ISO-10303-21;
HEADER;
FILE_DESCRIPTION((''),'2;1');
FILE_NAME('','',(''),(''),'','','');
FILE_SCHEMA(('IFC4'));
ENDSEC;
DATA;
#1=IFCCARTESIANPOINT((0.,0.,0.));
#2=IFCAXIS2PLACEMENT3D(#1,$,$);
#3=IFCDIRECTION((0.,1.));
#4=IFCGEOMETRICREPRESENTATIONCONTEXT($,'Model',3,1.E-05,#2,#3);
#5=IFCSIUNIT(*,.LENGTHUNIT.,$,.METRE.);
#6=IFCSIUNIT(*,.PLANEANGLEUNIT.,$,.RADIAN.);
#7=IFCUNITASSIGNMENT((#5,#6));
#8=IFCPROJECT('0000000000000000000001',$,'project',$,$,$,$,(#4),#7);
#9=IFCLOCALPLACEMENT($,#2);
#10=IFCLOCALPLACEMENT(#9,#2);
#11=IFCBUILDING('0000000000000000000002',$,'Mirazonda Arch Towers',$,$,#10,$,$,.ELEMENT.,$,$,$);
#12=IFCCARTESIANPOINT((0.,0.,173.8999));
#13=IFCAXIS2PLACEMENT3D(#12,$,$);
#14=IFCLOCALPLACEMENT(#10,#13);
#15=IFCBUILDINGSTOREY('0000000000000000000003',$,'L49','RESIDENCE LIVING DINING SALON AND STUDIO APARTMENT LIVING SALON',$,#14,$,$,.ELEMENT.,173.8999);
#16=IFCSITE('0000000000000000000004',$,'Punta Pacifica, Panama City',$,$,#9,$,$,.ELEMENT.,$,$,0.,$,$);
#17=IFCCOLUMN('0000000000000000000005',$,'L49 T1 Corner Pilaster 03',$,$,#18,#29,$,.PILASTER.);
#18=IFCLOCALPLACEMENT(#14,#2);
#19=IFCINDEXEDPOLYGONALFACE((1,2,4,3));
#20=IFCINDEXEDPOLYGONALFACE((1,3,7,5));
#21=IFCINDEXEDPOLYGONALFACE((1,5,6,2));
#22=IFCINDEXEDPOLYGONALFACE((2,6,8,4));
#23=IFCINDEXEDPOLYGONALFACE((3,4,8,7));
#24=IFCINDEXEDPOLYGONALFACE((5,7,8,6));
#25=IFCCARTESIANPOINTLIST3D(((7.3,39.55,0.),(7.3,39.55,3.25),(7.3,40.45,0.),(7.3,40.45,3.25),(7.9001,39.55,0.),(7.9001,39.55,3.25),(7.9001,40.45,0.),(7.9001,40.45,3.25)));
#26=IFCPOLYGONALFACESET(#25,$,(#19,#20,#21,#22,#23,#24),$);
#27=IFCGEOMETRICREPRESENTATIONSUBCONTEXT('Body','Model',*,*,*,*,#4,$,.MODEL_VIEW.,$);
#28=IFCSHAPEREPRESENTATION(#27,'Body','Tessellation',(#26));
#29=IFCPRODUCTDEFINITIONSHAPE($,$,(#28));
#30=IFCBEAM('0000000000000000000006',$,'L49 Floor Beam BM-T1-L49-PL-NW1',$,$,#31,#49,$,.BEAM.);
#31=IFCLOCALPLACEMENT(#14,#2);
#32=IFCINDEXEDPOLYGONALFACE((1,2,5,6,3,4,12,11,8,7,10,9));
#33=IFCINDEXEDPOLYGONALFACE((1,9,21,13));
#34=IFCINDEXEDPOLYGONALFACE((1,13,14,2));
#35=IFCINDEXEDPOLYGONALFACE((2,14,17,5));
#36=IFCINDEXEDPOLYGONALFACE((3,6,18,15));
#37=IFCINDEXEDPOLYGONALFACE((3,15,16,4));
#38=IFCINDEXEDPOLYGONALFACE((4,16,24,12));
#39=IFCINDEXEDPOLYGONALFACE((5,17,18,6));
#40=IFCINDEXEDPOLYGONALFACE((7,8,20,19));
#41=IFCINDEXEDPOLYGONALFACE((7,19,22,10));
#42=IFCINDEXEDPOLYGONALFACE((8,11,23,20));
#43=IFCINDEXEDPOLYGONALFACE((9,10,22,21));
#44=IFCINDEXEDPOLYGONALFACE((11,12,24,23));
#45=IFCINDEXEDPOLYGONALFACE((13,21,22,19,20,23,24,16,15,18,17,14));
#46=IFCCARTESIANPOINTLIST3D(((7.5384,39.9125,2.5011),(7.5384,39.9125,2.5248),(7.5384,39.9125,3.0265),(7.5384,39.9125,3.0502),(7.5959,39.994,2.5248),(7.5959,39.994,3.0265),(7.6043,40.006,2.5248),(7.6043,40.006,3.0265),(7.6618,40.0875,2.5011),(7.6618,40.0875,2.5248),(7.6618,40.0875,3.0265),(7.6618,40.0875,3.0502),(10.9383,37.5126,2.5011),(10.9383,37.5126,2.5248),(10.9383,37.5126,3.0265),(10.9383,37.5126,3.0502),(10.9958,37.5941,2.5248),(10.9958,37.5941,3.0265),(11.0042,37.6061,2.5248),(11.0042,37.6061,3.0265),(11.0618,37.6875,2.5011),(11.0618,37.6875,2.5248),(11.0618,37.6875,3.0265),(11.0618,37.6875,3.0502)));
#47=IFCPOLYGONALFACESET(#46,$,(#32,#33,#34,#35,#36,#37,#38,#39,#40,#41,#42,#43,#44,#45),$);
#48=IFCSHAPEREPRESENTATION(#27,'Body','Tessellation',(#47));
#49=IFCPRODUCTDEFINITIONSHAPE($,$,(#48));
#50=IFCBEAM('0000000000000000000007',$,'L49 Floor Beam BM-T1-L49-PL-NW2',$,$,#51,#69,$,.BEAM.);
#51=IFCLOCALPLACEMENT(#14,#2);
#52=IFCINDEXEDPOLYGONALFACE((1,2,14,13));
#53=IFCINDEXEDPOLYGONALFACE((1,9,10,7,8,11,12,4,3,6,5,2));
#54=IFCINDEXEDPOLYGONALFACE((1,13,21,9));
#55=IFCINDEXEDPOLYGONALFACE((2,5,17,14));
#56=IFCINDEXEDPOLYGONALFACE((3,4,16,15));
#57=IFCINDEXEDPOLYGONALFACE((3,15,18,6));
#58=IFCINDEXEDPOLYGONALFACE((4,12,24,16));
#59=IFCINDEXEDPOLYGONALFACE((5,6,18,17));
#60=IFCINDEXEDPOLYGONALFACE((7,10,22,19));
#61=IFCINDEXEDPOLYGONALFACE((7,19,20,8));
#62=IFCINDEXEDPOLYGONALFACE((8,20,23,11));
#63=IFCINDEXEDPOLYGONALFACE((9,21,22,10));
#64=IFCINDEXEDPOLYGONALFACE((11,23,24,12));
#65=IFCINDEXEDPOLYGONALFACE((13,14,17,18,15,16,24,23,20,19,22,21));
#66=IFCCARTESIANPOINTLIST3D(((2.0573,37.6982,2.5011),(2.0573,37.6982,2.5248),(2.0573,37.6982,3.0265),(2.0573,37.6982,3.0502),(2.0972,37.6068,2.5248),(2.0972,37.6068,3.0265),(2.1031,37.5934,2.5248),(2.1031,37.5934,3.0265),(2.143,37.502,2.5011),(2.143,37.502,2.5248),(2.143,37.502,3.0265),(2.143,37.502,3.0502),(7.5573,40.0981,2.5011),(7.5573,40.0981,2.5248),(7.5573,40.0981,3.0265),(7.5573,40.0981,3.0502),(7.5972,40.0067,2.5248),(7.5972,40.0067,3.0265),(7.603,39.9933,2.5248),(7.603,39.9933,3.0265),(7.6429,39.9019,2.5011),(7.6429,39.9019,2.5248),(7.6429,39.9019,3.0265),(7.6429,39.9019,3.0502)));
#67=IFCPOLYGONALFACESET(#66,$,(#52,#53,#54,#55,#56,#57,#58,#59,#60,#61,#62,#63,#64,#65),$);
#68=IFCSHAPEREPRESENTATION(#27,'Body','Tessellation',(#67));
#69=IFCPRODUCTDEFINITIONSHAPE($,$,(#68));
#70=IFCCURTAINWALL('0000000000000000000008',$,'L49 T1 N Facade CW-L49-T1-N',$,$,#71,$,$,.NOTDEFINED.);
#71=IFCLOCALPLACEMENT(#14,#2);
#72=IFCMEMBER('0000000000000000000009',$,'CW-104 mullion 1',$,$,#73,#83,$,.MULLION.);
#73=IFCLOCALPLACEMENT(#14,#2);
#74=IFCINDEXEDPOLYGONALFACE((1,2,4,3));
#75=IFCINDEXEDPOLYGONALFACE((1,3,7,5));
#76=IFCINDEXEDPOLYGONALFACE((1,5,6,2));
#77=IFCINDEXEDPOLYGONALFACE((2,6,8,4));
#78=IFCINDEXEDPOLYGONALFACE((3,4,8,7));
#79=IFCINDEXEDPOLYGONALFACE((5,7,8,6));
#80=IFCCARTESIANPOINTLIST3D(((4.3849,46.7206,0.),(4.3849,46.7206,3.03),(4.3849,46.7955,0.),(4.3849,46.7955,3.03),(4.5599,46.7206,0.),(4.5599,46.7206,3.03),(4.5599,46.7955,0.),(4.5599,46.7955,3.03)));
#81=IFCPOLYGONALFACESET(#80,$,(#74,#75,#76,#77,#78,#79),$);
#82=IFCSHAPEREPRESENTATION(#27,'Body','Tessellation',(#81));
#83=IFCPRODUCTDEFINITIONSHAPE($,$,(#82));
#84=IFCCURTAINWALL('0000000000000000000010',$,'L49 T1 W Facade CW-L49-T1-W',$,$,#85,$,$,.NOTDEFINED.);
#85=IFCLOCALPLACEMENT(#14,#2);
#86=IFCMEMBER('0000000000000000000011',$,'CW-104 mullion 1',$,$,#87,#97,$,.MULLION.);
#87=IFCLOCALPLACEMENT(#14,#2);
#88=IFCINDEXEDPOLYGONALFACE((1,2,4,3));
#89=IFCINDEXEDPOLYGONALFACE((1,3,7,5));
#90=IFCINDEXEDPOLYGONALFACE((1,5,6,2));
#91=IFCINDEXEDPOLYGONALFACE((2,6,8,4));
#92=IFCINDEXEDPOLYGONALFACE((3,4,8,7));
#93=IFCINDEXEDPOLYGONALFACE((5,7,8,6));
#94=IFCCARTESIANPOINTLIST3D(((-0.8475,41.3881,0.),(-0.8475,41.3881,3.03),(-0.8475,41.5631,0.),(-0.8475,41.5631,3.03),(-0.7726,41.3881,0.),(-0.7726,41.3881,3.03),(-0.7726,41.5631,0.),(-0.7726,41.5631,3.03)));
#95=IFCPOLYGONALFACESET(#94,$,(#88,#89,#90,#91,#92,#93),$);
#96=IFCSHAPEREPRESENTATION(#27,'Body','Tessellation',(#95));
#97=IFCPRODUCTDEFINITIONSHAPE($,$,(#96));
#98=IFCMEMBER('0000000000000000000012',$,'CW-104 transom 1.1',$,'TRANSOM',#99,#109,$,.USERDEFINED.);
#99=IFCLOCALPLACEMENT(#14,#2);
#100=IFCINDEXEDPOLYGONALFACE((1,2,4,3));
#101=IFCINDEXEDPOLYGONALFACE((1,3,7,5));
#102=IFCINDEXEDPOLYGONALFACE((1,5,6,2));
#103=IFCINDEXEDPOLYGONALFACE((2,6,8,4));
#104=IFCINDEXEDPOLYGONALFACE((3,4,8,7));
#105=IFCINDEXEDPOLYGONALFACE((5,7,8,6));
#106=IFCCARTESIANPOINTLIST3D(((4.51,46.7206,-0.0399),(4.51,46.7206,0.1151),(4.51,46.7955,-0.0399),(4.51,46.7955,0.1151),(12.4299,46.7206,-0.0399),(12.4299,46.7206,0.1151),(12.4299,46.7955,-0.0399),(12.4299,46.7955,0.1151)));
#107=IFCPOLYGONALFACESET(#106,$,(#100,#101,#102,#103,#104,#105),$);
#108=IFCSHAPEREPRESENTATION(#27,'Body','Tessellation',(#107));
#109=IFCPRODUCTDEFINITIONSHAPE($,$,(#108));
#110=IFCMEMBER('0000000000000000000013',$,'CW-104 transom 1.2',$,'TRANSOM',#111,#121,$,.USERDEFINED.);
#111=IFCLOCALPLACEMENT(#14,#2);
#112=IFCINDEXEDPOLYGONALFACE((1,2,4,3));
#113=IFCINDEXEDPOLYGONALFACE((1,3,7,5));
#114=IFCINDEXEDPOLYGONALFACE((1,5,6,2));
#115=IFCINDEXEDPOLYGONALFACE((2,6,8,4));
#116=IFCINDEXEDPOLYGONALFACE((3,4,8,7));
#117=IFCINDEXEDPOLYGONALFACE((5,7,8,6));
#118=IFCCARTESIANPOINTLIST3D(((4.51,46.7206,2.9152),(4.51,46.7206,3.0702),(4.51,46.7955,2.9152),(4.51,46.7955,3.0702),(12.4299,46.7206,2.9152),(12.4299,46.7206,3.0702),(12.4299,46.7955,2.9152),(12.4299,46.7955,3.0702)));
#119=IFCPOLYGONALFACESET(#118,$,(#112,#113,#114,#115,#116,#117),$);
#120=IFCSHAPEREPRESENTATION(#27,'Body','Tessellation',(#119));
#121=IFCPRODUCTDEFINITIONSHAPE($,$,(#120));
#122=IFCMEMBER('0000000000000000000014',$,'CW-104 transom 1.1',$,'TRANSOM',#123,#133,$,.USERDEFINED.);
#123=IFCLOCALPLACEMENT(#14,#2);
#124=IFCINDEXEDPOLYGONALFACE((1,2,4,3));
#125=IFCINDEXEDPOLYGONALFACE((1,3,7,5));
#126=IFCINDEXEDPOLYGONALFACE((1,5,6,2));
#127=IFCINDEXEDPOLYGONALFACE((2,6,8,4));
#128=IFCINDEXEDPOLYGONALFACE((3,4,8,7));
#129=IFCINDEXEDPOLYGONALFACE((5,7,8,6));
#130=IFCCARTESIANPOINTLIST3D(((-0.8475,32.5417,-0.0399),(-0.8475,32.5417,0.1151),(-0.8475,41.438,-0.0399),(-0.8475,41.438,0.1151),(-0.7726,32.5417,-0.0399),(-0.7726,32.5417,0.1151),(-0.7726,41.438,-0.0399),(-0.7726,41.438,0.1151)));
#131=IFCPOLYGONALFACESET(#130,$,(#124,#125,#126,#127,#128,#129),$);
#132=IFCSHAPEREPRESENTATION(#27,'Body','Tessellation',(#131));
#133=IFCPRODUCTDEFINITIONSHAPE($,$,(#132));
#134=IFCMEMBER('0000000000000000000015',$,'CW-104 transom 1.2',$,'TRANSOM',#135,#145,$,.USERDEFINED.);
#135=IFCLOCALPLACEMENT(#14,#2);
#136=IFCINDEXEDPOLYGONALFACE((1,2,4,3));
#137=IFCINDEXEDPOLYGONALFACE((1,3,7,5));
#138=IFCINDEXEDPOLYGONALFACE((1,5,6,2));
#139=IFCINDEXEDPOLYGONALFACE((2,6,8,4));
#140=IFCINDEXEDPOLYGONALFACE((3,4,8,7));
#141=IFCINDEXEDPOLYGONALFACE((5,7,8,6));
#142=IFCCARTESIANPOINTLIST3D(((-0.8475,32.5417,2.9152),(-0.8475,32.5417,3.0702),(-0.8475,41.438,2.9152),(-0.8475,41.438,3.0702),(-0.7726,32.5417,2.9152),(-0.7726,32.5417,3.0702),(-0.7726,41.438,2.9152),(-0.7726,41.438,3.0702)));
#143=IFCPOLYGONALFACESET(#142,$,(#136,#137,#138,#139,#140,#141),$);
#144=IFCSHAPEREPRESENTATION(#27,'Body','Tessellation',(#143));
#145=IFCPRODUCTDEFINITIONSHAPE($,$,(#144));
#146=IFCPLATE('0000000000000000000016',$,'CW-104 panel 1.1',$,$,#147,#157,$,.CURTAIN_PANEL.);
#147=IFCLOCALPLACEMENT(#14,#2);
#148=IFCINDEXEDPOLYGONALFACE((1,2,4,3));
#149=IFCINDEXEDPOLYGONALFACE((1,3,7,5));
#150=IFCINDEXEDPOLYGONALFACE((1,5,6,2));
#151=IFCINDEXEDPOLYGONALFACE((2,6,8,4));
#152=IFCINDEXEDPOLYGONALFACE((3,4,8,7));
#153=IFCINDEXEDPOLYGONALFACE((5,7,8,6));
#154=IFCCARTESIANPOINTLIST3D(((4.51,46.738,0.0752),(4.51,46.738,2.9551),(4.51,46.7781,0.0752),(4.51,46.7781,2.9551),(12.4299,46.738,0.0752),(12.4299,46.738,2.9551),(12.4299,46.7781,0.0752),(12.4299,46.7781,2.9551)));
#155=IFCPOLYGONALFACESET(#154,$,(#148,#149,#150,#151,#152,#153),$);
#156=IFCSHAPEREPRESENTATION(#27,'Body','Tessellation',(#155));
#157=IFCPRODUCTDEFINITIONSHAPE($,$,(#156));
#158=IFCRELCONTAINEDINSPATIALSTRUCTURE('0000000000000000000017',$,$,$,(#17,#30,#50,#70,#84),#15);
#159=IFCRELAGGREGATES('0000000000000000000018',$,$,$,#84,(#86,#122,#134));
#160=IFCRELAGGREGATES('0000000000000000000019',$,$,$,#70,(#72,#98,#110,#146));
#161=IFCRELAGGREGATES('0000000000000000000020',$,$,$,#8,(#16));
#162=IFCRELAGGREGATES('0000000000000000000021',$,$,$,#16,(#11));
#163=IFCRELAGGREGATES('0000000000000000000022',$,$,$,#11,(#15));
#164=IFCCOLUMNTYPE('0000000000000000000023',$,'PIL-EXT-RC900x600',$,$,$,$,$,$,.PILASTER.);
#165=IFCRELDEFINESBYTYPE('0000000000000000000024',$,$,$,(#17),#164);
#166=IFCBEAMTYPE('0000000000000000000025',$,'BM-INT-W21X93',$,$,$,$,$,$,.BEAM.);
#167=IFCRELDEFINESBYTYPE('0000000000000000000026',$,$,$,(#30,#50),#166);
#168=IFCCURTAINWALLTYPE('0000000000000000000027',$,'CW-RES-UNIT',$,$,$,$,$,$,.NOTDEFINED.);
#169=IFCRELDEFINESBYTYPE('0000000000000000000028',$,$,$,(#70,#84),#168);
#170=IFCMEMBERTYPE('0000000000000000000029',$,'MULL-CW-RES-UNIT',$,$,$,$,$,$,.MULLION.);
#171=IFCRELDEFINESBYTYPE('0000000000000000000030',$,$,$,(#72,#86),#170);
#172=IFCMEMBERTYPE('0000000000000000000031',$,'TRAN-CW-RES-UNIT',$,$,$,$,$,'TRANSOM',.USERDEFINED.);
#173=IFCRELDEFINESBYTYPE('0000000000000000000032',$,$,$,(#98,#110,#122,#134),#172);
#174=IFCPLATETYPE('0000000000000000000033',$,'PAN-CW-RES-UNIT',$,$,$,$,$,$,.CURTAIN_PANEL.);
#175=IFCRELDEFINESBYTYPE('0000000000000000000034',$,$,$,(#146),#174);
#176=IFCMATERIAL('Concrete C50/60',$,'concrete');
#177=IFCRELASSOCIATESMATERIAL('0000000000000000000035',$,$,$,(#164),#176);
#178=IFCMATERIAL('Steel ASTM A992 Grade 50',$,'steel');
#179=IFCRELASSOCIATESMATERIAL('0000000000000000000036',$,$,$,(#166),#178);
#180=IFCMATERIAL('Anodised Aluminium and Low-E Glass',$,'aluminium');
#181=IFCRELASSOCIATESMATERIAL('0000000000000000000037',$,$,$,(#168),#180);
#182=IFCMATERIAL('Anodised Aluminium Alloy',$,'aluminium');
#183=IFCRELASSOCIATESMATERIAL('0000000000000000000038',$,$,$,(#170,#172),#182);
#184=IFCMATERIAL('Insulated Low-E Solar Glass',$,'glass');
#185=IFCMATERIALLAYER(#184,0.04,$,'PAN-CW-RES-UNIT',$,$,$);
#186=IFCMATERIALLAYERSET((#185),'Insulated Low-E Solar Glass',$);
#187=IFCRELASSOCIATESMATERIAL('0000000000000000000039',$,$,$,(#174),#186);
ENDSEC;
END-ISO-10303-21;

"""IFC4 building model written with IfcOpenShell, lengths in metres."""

from ifc_helpers import new_model, si_unit, direction, frame, origin, origin_2d, place, context, subcontext, project, spatial, rectangle, i_section, extrude, material, layer, layer_set, material_profile, profile_set, type_object, element, aggregate, save


model = new_model("IFC4")

# Units and contexts
model_context = context("Model", 3, precision=1e-05, world=origin(), true_north=direction((0.0, 1.0)))
body_context = subcontext(model_context, "Body", "Model", "MODEL_VIEW")
ifc_project = project(units=[si_unit("LENGTHUNIT", "METRE"), si_unit("PLANEANGLEUNIT", "RADIAN")], contexts=[model_context])

# Site, building, storey
site_placement = place(None, origin())
site = spatial("IfcSite", under=ifc_project, at=site_placement, Name="Punta Pacifica, Panama City", CompositionType="ELEMENT", RefElevation=0.0)
building_placement = place(site_placement, origin())
building = spatial("IfcBuilding", under=site, at=building_placement, Name="Mirazonda Arch Towers", CompositionType="ELEMENT")
storey_placement = place(building_placement, frame((0.0, 0.0, 173.8999)))
storey = spatial("IfcBuildingStorey", under=building, at=storey_placement, Name="L49", Description="RESIDENCE LIVING DINING SALON AND STUDIO APARTMENT LIVING SALON", CompositionType="ELEMENT", Elevation=173.8999)

# Column
ifc_material_1 = material(Name="Concrete C50/60", Category="concrete")
ifc_material_profile_1 = material_profile(ifc_material_1, rectangle(XDim=0.6001, YDim=0.8999, at=origin_2d()), Name="RC900x600")
ifc_profile_set_1 = profile_set([ifc_material_profile_1], Name="Concrete C50/60")
column_type = type_object("IfcColumnType", Name="PIL-EXT-RC900x600", PredefinedType="PILASTER", material=ifc_profile_set_1)
column_placement = place(storey_placement, frame((7.6001, 40.0, 0.0), z_axis=(0.0, 0.0, 1.0), x_axis=(1.0, 0.0, 0.0)))
element("IfcColumn", 1, at=column_placement, inside=storey, type_object=column_type, Name="L49 T1 Corner Pilaster 03", PredefinedType="PILASTER", context=body_context, shape_type="SweptSolid", body=[
    extrude(rectangle(XDim=0.6001, YDim=0.8999, at=origin_2d()), origin(), (0.0, 0.0, 1.0), 3.25),
])

# Beams
ifc_material_2 = material(Name="Steel ASTM A992 Grade 50", Category="steel")
ifc_material_profile_2 = material_profile(ifc_material_2, i_section(OverallWidth=0.2141, OverallDepth=0.5491, WebThickness=0.0146, FlangeThickness=0.0237, at=origin_2d()), Name="W21X93")
ifc_profile_set_2 = profile_set([ifc_material_profile_2], Name="Steel ASTM A992 Grade 50")
beam_type = type_object("IfcBeamType", Name="BM-INT-W21X93", PredefinedType="BEAM", material=ifc_profile_set_2)
beam_1_placement = place(storey_placement, frame((7.6001, 40.0, 2.7756), z_axis=(0.816971, -0.576679, 0.0), x_axis=(0.576679, 0.816971, 0.0)))
element("IfcBeam", 2, at=beam_1_placement, inside=storey, type_object=beam_type, Name="L49 Floor Beam BM-T1-L49-PL-NW1", PredefinedType="BEAM", context=body_context, shape_type="SweptSolid", body=[
    extrude(i_section(OverallWidth=0.2141, OverallDepth=0.5491, WebThickness=0.0146, FlangeThickness=0.0237, at=origin_2d()), origin(), (0.0, 0.0, 1.0), 4.1616),
])
beam_2_placement = place(storey_placement, frame((7.6001, 40.0, 2.7756), z_axis=(-0.916545, -0.399931, 0.0), x_axis=(0.399931, -0.916545, 0.0)))
element("IfcBeam", 3, at=beam_2_placement, inside=storey, type_object=beam_type, Name="L49 Floor Beam BM-T1-L49-PL-NW2", PredefinedType="BEAM", context=body_context, shape_type="SweptSolid", body=[
    extrude(i_section(OverallWidth=0.2141, OverallDepth=0.5491, WebThickness=0.0146, FlangeThickness=0.0237, at=origin_2d()), origin(), (0.0, 0.0, 1.0), 6.0007),
])

# Curtain walls, members
ifc_material_3 = material(Name="Anodised Aluminium and Low-E Glass", Category="aluminium")
curtain_wall_type = type_object("IfcCurtainWallType", Name="CW-RES-UNIT", PredefinedType="NOTDEFINED", material=ifc_material_3)
curtain_wall_1_placement = place(storey_placement, origin())
curtain_wall_1 = element("IfcCurtainWall", 4, at=curtain_wall_1_placement, inside=storey, type_object=curtain_wall_type, Name="L49 T1 N Facade CW-L49-T1-N", PredefinedType="NOTDEFINED")
ifc_material_4 = material(Name="Anodised Aluminium Alloy", Category="aluminium")
ifc_material_profile_3 = material_profile(ifc_material_4, rectangle(XDim=0.075, YDim=0.175, at=origin_2d()), Name="ALU-MULL-75x175")
ifc_profile_set_3 = profile_set([ifc_material_profile_3], Name="Anodised Aluminium Alloy")
member_type_1 = type_object("IfcMemberType", Name="MULL-CW-RES-UNIT", PredefinedType="MULLION", material=ifc_profile_set_3)
member_1_placement = place(storey_placement, frame((4.4724, 46.7581, 0.0), z_axis=(0.0, 0.0, 1.0), x_axis=(0.0, 1.0, 0.0)))
member_1 = element("IfcMember", 5, at=member_1_placement, type_object=member_type_1, Name="CW-104 mullion 1", PredefinedType="MULLION", context=body_context, shape_type="SweptSolid", body=[
    extrude(rectangle(XDim=0.075, YDim=0.175, at=origin_2d()), origin(), (0.0, 0.0, 1.0), 3.03),
])
curtain_wall_2_placement = place(storey_placement, origin())
curtain_wall_2 = element("IfcCurtainWall", 6, at=curtain_wall_2_placement, inside=storey, type_object=curtain_wall_type, Name="L49 T1 W Facade CW-L49-T1-W", PredefinedType="NOTDEFINED")
member_2_placement = place(storey_placement, frame((-0.8101, 41.4756, 0.0), z_axis=(0.0, 0.0, 1.0), x_axis=(1.0, 0.0, 0.0)))
member_2 = element("IfcMember", 7, at=member_2_placement, type_object=member_type_1, Name="CW-104 mullion 1", PredefinedType="MULLION", context=body_context, shape_type="SweptSolid", body=[
    extrude(rectangle(XDim=0.075, YDim=0.175, at=origin_2d()), origin(), (0.0, 0.0, 1.0), 3.03),
])

# Members
ifc_material_profile_4 = material_profile(ifc_material_4, rectangle(XDim=0.075, YDim=0.155, at=origin_2d()), Name="ALU-TRAN-75x155")
ifc_profile_set_4 = profile_set([ifc_material_profile_4], Name="Anodised Aluminium Alloy")
member_type_2 = type_object("IfcMemberType", Name="TRAN-CW-RES-UNIT", ElementType="TRANSOM", PredefinedType="USERDEFINED", material=ifc_profile_set_4)
member_3_placement = place(storey_placement, frame((4.51, 46.7581, 0.0376), z_axis=(1.0, 0.0, 0.0), x_axis=(0.0, 1.0, 0.0)))
member_3 = element("IfcMember", 8, at=member_3_placement, type_object=member_type_2, Name="CW-104 transom 1.1", ObjectType="TRANSOM", PredefinedType="USERDEFINED", context=body_context, shape_type="SweptSolid", body=[
    extrude(rectangle(XDim=0.075, YDim=0.155, at=origin_2d()), origin(), (0.0, 0.0, 1.0), 7.9199),
])
member_4_placement = place(storey_placement, frame((4.51, 46.7581, 2.9927), z_axis=(1.0, 0.0, 0.0), x_axis=(0.0, 1.0, 0.0)))
member_4 = element("IfcMember", 9, at=member_4_placement, type_object=member_type_2, Name="CW-104 transom 1.2", ObjectType="TRANSOM", PredefinedType="USERDEFINED", context=body_context, shape_type="SweptSolid", body=[
    extrude(rectangle(XDim=0.075, YDim=0.155, at=origin_2d()), origin(), (0.0, 0.0, 1.0), 7.9199),
])
member_5_placement = place(storey_placement, frame((-0.8101, 41.438, 0.0376), z_axis=(0.0, -1.0, 0.0), x_axis=(1.0, 0.0, 0.0)))
member_5 = element("IfcMember", 10, at=member_5_placement, type_object=member_type_2, Name="CW-104 transom 1.1", ObjectType="TRANSOM", PredefinedType="USERDEFINED", context=body_context, shape_type="SweptSolid", body=[
    extrude(rectangle(XDim=0.075, YDim=0.155, at=origin_2d()), origin(), (0.0, 0.0, 1.0), 8.8962),
])
member_6_placement = place(storey_placement, frame((-0.8101, 41.438, 2.9927), z_axis=(0.0, -1.0, 0.0), x_axis=(1.0, 0.0, 0.0)))
member_6 = element("IfcMember", 11, at=member_6_placement, type_object=member_type_2, Name="CW-104 transom 1.2", ObjectType="TRANSOM", PredefinedType="USERDEFINED", context=body_context, shape_type="SweptSolid", body=[
    extrude(rectangle(XDim=0.075, YDim=0.155, at=origin_2d()), origin(), (0.0, 0.0, 1.0), 8.8962),
])
aggregate(curtain_wall_2, [member_2, member_5, member_6])

# Plate
ifc_material_5 = material(Name="Insulated Low-E Solar Glass", Category="glass")
ifc_layer_1 = layer(ifc_material_5, 0.04, Name="PAN-CW-RES-UNIT")
ifc_layer_set_1 = layer_set([ifc_layer_1], Name="Insulated Low-E Solar Glass")
plate_type = type_object("IfcPlateType", Name="PAN-CW-RES-UNIT", PredefinedType="CURTAIN_PANEL", material=ifc_layer_set_1)
plate_placement = place(storey_placement, frame((8.47, 46.7581, 0.0752), z_axis=(0.0, 0.0, 1.0), x_axis=(1.0, 0.0, 0.0)))
plate = element("IfcPlate", 12, at=plate_placement, type_object=plate_type, Name="CW-104 panel 1.1", PredefinedType="CURTAIN_PANEL", context=body_context, shape_type="SweptSolid", body=[
    extrude(rectangle(XDim=7.9199, YDim=0.04, at=origin_2d()), origin(), (0.0, 0.0, 1.0), 2.8799),
])
aggregate(curtain_wall_1, [member_1, member_3, member_4, plate])

save(model, "model.ifc")
